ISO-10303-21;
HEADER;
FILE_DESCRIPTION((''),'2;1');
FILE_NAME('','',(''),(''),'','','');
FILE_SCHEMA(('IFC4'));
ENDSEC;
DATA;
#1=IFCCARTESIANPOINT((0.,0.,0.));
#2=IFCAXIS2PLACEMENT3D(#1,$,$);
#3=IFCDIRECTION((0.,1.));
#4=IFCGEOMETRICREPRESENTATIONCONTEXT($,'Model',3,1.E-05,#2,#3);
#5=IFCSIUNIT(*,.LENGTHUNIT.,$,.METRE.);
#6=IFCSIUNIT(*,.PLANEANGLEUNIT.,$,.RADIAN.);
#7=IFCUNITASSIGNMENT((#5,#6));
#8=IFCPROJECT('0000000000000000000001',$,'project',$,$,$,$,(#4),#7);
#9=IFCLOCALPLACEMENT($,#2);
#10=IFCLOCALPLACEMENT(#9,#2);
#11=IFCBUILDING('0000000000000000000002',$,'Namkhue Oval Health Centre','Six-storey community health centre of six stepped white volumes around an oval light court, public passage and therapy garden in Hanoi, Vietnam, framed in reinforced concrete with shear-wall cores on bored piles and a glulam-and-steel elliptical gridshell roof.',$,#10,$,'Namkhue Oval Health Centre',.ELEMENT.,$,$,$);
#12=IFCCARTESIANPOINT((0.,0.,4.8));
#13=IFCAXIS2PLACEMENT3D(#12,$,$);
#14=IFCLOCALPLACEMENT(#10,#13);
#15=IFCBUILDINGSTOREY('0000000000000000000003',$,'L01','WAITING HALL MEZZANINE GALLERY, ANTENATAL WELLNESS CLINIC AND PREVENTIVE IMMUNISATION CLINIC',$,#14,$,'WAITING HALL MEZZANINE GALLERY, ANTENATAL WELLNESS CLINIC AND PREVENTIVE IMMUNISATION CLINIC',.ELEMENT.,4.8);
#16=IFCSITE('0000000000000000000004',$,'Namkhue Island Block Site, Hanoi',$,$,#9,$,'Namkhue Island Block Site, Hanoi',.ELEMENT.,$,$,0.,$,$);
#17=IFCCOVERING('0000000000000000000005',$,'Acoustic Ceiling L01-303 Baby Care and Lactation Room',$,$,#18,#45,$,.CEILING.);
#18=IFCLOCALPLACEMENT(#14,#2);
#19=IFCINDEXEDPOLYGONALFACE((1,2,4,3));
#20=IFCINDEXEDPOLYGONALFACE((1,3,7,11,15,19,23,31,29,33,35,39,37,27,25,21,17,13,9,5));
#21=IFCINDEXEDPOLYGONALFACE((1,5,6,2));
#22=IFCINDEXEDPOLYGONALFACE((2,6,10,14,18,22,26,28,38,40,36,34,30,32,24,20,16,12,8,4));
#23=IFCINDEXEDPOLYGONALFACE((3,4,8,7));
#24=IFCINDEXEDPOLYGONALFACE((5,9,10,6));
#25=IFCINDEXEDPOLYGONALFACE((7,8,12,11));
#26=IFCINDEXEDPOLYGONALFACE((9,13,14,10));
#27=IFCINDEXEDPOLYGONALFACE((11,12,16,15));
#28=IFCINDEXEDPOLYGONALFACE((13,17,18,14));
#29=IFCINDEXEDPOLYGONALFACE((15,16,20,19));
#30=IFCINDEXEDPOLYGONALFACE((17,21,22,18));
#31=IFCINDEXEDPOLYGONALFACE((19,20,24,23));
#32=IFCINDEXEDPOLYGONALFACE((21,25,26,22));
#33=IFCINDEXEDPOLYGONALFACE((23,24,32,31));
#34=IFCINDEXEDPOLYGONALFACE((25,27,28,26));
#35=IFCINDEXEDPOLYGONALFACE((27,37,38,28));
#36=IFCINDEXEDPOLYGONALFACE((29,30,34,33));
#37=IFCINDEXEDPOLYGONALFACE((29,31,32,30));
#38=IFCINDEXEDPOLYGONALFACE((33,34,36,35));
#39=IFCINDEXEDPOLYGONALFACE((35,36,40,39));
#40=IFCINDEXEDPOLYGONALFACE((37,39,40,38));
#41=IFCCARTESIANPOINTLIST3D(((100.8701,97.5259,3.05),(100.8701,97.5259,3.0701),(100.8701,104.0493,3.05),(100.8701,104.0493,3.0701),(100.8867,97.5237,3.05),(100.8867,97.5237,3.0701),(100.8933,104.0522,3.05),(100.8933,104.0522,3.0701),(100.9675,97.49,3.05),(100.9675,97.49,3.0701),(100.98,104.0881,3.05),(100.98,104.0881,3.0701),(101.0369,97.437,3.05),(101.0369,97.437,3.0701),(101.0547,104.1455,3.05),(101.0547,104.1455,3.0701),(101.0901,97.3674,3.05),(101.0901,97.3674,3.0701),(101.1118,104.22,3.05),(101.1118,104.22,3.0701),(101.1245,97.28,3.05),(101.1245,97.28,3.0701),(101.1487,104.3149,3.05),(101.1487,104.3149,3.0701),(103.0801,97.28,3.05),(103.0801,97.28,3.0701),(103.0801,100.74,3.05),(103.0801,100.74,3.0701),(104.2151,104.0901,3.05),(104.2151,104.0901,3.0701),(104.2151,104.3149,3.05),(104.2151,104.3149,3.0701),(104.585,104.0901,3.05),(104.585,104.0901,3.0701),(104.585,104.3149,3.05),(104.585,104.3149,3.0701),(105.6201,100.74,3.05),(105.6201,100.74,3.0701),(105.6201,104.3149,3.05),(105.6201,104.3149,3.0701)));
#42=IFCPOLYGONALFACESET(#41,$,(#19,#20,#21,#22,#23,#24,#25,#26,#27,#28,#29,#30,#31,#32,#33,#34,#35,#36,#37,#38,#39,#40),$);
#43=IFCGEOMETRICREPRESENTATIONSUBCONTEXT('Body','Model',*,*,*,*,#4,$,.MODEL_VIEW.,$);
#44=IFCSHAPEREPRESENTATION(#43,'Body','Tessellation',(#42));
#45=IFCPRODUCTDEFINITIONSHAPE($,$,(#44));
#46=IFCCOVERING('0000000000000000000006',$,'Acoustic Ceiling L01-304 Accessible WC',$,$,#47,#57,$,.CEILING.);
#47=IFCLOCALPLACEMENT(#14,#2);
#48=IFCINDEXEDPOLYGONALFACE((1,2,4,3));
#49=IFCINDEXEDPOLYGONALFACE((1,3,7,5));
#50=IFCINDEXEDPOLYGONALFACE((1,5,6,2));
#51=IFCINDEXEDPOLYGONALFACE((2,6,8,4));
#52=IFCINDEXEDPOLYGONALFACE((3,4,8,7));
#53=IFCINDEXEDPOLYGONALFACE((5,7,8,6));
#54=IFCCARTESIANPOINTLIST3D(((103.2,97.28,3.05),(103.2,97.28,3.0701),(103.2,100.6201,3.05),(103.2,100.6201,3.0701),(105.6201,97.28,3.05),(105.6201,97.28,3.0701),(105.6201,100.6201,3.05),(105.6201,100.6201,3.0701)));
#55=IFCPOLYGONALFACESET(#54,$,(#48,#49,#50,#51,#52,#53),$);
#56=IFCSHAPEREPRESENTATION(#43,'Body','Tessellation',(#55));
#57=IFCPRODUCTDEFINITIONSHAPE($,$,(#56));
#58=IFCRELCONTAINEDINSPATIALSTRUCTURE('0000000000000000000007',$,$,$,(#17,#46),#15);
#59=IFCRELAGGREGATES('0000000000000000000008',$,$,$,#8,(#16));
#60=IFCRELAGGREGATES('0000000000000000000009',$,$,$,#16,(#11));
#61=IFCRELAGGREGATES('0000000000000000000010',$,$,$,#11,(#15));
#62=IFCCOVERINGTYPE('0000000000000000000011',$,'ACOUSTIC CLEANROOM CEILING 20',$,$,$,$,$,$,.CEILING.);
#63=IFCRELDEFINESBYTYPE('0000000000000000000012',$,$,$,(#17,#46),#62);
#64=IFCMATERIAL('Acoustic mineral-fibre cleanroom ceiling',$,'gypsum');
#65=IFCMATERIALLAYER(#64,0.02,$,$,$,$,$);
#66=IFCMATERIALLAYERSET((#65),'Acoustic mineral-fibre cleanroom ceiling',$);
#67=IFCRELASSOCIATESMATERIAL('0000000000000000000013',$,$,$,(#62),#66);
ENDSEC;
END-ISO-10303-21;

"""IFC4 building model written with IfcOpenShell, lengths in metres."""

from ifc_helpers import new_model, si_unit, direction, frame, origin, place, context, subcontext, project, spatial, polyline, outline, extrude, material, layer, layer_set, type_object, element, save


model = new_model("IFC4")

# Units and contexts
model_context = context("Model", 3, precision=1e-05, world=origin(), true_north=direction((0.0, 1.0)))
body_context = subcontext(model_context, "Body", "Model", "MODEL_VIEW")
ifc_project = project(units=[si_unit("LENGTHUNIT", "METRE"), si_unit("PLANEANGLEUNIT", "RADIAN")], contexts=[model_context])

# Site, building, storey
site_placement = place(None, origin())
site = spatial("IfcSite", under=ifc_project, at=site_placement, Name="Namkhue Island Block Site, Hanoi", LongName="Namkhue Island Block Site, Hanoi", CompositionType="ELEMENT", RefElevation=0.0)
building_placement = place(site_placement, origin())
building = spatial("IfcBuilding", under=site, at=building_placement, Name="Namkhue Oval Health Centre", Description="Six-storey community health centre of six stepped white volumes around an oval light court, public passage and therapy garden in Hanoi, Vietnam, framed in reinforced concrete with shear-wall cores on bored piles and a glulam-and-steel elliptical gridshell roof.", LongName="Namkhue Oval Health Centre", CompositionType="ELEMENT")
storey_placement = place(building_placement, frame((0.0, 0.0, 4.8)))
storey = spatial("IfcBuildingStorey", under=building, at=storey_placement, Name="L01", Description="WAITING HALL MEZZANINE GALLERY, ANTENATAL WELLNESS CLINIC AND PREVENTIVE IMMUNISATION CLINIC", LongName="WAITING HALL MEZZANINE GALLERY, ANTENATAL WELLNESS CLINIC AND PREVENTIVE IMMUNISATION CLINIC", CompositionType="ELEMENT", Elevation=4.8)

# Coverings
ifc_material = material(Name="Acoustic mineral-fibre cleanroom ceiling", Category="gypsum")
ifc_layer = layer(ifc_material, 0.02)
ifc_layer_set = layer_set([ifc_layer], Name="Acoustic mineral-fibre cleanroom ceiling")
covering_type = type_object("IfcCoveringType", Name="ACOUSTIC CLEANROOM CEILING 20", PredefinedType="CEILING", material=ifc_layer_set)
covering_1_placement = place(storey_placement, frame((0.0, 0.0, 3.05)))
element("IfcCovering", 1, at=covering_1_placement, inside=storey, type_object=covering_type, Name="Acoustic Ceiling L01-303 Baby Care and Lactation Room", PredefinedType="CEILING", context=body_context, shape_type="SweptSolid", body=[
    extrude(outline(polyline([(104.2151, 104.3149), (104.2151, 104.0901), (104.585, 104.0901), (104.585, 104.3149), (105.6201, 104.3149), (105.6201, 100.74), (103.0801, 100.74), (103.0801, 97.28), (101.1245, 97.28), (101.0901, 97.3674), (101.0369, 97.437), (100.9675, 97.49), (100.8867, 97.5237), (100.8701, 97.5259), (100.8701, 104.0493), (100.8933, 104.0522), (100.98, 104.0881), (101.0547, 104.1455), (101.1118, 104.22), (101.1487, 104.3149), (104.2151, 104.3149)])), origin(), (0.0, 0.0, 1.0), 0.02),
])
covering_2_placement = place(storey_placement, frame((0.0, 0.0, 3.05)))
element("IfcCovering", 2, at=covering_2_placement, inside=storey, type_object=covering_type, Name="Acoustic Ceiling L01-304 Accessible WC", PredefinedType="CEILING", context=body_context, shape_type="SweptSolid", body=[
    extrude(outline(polyline([(105.6201, 100.6201), (105.6201, 97.28), (103.2, 97.28), (103.2, 100.6201), (105.6201, 100.6201)])), origin(), (0.0, 0.0, 1.0), 0.02),
])

save(model, "model.ifc")
